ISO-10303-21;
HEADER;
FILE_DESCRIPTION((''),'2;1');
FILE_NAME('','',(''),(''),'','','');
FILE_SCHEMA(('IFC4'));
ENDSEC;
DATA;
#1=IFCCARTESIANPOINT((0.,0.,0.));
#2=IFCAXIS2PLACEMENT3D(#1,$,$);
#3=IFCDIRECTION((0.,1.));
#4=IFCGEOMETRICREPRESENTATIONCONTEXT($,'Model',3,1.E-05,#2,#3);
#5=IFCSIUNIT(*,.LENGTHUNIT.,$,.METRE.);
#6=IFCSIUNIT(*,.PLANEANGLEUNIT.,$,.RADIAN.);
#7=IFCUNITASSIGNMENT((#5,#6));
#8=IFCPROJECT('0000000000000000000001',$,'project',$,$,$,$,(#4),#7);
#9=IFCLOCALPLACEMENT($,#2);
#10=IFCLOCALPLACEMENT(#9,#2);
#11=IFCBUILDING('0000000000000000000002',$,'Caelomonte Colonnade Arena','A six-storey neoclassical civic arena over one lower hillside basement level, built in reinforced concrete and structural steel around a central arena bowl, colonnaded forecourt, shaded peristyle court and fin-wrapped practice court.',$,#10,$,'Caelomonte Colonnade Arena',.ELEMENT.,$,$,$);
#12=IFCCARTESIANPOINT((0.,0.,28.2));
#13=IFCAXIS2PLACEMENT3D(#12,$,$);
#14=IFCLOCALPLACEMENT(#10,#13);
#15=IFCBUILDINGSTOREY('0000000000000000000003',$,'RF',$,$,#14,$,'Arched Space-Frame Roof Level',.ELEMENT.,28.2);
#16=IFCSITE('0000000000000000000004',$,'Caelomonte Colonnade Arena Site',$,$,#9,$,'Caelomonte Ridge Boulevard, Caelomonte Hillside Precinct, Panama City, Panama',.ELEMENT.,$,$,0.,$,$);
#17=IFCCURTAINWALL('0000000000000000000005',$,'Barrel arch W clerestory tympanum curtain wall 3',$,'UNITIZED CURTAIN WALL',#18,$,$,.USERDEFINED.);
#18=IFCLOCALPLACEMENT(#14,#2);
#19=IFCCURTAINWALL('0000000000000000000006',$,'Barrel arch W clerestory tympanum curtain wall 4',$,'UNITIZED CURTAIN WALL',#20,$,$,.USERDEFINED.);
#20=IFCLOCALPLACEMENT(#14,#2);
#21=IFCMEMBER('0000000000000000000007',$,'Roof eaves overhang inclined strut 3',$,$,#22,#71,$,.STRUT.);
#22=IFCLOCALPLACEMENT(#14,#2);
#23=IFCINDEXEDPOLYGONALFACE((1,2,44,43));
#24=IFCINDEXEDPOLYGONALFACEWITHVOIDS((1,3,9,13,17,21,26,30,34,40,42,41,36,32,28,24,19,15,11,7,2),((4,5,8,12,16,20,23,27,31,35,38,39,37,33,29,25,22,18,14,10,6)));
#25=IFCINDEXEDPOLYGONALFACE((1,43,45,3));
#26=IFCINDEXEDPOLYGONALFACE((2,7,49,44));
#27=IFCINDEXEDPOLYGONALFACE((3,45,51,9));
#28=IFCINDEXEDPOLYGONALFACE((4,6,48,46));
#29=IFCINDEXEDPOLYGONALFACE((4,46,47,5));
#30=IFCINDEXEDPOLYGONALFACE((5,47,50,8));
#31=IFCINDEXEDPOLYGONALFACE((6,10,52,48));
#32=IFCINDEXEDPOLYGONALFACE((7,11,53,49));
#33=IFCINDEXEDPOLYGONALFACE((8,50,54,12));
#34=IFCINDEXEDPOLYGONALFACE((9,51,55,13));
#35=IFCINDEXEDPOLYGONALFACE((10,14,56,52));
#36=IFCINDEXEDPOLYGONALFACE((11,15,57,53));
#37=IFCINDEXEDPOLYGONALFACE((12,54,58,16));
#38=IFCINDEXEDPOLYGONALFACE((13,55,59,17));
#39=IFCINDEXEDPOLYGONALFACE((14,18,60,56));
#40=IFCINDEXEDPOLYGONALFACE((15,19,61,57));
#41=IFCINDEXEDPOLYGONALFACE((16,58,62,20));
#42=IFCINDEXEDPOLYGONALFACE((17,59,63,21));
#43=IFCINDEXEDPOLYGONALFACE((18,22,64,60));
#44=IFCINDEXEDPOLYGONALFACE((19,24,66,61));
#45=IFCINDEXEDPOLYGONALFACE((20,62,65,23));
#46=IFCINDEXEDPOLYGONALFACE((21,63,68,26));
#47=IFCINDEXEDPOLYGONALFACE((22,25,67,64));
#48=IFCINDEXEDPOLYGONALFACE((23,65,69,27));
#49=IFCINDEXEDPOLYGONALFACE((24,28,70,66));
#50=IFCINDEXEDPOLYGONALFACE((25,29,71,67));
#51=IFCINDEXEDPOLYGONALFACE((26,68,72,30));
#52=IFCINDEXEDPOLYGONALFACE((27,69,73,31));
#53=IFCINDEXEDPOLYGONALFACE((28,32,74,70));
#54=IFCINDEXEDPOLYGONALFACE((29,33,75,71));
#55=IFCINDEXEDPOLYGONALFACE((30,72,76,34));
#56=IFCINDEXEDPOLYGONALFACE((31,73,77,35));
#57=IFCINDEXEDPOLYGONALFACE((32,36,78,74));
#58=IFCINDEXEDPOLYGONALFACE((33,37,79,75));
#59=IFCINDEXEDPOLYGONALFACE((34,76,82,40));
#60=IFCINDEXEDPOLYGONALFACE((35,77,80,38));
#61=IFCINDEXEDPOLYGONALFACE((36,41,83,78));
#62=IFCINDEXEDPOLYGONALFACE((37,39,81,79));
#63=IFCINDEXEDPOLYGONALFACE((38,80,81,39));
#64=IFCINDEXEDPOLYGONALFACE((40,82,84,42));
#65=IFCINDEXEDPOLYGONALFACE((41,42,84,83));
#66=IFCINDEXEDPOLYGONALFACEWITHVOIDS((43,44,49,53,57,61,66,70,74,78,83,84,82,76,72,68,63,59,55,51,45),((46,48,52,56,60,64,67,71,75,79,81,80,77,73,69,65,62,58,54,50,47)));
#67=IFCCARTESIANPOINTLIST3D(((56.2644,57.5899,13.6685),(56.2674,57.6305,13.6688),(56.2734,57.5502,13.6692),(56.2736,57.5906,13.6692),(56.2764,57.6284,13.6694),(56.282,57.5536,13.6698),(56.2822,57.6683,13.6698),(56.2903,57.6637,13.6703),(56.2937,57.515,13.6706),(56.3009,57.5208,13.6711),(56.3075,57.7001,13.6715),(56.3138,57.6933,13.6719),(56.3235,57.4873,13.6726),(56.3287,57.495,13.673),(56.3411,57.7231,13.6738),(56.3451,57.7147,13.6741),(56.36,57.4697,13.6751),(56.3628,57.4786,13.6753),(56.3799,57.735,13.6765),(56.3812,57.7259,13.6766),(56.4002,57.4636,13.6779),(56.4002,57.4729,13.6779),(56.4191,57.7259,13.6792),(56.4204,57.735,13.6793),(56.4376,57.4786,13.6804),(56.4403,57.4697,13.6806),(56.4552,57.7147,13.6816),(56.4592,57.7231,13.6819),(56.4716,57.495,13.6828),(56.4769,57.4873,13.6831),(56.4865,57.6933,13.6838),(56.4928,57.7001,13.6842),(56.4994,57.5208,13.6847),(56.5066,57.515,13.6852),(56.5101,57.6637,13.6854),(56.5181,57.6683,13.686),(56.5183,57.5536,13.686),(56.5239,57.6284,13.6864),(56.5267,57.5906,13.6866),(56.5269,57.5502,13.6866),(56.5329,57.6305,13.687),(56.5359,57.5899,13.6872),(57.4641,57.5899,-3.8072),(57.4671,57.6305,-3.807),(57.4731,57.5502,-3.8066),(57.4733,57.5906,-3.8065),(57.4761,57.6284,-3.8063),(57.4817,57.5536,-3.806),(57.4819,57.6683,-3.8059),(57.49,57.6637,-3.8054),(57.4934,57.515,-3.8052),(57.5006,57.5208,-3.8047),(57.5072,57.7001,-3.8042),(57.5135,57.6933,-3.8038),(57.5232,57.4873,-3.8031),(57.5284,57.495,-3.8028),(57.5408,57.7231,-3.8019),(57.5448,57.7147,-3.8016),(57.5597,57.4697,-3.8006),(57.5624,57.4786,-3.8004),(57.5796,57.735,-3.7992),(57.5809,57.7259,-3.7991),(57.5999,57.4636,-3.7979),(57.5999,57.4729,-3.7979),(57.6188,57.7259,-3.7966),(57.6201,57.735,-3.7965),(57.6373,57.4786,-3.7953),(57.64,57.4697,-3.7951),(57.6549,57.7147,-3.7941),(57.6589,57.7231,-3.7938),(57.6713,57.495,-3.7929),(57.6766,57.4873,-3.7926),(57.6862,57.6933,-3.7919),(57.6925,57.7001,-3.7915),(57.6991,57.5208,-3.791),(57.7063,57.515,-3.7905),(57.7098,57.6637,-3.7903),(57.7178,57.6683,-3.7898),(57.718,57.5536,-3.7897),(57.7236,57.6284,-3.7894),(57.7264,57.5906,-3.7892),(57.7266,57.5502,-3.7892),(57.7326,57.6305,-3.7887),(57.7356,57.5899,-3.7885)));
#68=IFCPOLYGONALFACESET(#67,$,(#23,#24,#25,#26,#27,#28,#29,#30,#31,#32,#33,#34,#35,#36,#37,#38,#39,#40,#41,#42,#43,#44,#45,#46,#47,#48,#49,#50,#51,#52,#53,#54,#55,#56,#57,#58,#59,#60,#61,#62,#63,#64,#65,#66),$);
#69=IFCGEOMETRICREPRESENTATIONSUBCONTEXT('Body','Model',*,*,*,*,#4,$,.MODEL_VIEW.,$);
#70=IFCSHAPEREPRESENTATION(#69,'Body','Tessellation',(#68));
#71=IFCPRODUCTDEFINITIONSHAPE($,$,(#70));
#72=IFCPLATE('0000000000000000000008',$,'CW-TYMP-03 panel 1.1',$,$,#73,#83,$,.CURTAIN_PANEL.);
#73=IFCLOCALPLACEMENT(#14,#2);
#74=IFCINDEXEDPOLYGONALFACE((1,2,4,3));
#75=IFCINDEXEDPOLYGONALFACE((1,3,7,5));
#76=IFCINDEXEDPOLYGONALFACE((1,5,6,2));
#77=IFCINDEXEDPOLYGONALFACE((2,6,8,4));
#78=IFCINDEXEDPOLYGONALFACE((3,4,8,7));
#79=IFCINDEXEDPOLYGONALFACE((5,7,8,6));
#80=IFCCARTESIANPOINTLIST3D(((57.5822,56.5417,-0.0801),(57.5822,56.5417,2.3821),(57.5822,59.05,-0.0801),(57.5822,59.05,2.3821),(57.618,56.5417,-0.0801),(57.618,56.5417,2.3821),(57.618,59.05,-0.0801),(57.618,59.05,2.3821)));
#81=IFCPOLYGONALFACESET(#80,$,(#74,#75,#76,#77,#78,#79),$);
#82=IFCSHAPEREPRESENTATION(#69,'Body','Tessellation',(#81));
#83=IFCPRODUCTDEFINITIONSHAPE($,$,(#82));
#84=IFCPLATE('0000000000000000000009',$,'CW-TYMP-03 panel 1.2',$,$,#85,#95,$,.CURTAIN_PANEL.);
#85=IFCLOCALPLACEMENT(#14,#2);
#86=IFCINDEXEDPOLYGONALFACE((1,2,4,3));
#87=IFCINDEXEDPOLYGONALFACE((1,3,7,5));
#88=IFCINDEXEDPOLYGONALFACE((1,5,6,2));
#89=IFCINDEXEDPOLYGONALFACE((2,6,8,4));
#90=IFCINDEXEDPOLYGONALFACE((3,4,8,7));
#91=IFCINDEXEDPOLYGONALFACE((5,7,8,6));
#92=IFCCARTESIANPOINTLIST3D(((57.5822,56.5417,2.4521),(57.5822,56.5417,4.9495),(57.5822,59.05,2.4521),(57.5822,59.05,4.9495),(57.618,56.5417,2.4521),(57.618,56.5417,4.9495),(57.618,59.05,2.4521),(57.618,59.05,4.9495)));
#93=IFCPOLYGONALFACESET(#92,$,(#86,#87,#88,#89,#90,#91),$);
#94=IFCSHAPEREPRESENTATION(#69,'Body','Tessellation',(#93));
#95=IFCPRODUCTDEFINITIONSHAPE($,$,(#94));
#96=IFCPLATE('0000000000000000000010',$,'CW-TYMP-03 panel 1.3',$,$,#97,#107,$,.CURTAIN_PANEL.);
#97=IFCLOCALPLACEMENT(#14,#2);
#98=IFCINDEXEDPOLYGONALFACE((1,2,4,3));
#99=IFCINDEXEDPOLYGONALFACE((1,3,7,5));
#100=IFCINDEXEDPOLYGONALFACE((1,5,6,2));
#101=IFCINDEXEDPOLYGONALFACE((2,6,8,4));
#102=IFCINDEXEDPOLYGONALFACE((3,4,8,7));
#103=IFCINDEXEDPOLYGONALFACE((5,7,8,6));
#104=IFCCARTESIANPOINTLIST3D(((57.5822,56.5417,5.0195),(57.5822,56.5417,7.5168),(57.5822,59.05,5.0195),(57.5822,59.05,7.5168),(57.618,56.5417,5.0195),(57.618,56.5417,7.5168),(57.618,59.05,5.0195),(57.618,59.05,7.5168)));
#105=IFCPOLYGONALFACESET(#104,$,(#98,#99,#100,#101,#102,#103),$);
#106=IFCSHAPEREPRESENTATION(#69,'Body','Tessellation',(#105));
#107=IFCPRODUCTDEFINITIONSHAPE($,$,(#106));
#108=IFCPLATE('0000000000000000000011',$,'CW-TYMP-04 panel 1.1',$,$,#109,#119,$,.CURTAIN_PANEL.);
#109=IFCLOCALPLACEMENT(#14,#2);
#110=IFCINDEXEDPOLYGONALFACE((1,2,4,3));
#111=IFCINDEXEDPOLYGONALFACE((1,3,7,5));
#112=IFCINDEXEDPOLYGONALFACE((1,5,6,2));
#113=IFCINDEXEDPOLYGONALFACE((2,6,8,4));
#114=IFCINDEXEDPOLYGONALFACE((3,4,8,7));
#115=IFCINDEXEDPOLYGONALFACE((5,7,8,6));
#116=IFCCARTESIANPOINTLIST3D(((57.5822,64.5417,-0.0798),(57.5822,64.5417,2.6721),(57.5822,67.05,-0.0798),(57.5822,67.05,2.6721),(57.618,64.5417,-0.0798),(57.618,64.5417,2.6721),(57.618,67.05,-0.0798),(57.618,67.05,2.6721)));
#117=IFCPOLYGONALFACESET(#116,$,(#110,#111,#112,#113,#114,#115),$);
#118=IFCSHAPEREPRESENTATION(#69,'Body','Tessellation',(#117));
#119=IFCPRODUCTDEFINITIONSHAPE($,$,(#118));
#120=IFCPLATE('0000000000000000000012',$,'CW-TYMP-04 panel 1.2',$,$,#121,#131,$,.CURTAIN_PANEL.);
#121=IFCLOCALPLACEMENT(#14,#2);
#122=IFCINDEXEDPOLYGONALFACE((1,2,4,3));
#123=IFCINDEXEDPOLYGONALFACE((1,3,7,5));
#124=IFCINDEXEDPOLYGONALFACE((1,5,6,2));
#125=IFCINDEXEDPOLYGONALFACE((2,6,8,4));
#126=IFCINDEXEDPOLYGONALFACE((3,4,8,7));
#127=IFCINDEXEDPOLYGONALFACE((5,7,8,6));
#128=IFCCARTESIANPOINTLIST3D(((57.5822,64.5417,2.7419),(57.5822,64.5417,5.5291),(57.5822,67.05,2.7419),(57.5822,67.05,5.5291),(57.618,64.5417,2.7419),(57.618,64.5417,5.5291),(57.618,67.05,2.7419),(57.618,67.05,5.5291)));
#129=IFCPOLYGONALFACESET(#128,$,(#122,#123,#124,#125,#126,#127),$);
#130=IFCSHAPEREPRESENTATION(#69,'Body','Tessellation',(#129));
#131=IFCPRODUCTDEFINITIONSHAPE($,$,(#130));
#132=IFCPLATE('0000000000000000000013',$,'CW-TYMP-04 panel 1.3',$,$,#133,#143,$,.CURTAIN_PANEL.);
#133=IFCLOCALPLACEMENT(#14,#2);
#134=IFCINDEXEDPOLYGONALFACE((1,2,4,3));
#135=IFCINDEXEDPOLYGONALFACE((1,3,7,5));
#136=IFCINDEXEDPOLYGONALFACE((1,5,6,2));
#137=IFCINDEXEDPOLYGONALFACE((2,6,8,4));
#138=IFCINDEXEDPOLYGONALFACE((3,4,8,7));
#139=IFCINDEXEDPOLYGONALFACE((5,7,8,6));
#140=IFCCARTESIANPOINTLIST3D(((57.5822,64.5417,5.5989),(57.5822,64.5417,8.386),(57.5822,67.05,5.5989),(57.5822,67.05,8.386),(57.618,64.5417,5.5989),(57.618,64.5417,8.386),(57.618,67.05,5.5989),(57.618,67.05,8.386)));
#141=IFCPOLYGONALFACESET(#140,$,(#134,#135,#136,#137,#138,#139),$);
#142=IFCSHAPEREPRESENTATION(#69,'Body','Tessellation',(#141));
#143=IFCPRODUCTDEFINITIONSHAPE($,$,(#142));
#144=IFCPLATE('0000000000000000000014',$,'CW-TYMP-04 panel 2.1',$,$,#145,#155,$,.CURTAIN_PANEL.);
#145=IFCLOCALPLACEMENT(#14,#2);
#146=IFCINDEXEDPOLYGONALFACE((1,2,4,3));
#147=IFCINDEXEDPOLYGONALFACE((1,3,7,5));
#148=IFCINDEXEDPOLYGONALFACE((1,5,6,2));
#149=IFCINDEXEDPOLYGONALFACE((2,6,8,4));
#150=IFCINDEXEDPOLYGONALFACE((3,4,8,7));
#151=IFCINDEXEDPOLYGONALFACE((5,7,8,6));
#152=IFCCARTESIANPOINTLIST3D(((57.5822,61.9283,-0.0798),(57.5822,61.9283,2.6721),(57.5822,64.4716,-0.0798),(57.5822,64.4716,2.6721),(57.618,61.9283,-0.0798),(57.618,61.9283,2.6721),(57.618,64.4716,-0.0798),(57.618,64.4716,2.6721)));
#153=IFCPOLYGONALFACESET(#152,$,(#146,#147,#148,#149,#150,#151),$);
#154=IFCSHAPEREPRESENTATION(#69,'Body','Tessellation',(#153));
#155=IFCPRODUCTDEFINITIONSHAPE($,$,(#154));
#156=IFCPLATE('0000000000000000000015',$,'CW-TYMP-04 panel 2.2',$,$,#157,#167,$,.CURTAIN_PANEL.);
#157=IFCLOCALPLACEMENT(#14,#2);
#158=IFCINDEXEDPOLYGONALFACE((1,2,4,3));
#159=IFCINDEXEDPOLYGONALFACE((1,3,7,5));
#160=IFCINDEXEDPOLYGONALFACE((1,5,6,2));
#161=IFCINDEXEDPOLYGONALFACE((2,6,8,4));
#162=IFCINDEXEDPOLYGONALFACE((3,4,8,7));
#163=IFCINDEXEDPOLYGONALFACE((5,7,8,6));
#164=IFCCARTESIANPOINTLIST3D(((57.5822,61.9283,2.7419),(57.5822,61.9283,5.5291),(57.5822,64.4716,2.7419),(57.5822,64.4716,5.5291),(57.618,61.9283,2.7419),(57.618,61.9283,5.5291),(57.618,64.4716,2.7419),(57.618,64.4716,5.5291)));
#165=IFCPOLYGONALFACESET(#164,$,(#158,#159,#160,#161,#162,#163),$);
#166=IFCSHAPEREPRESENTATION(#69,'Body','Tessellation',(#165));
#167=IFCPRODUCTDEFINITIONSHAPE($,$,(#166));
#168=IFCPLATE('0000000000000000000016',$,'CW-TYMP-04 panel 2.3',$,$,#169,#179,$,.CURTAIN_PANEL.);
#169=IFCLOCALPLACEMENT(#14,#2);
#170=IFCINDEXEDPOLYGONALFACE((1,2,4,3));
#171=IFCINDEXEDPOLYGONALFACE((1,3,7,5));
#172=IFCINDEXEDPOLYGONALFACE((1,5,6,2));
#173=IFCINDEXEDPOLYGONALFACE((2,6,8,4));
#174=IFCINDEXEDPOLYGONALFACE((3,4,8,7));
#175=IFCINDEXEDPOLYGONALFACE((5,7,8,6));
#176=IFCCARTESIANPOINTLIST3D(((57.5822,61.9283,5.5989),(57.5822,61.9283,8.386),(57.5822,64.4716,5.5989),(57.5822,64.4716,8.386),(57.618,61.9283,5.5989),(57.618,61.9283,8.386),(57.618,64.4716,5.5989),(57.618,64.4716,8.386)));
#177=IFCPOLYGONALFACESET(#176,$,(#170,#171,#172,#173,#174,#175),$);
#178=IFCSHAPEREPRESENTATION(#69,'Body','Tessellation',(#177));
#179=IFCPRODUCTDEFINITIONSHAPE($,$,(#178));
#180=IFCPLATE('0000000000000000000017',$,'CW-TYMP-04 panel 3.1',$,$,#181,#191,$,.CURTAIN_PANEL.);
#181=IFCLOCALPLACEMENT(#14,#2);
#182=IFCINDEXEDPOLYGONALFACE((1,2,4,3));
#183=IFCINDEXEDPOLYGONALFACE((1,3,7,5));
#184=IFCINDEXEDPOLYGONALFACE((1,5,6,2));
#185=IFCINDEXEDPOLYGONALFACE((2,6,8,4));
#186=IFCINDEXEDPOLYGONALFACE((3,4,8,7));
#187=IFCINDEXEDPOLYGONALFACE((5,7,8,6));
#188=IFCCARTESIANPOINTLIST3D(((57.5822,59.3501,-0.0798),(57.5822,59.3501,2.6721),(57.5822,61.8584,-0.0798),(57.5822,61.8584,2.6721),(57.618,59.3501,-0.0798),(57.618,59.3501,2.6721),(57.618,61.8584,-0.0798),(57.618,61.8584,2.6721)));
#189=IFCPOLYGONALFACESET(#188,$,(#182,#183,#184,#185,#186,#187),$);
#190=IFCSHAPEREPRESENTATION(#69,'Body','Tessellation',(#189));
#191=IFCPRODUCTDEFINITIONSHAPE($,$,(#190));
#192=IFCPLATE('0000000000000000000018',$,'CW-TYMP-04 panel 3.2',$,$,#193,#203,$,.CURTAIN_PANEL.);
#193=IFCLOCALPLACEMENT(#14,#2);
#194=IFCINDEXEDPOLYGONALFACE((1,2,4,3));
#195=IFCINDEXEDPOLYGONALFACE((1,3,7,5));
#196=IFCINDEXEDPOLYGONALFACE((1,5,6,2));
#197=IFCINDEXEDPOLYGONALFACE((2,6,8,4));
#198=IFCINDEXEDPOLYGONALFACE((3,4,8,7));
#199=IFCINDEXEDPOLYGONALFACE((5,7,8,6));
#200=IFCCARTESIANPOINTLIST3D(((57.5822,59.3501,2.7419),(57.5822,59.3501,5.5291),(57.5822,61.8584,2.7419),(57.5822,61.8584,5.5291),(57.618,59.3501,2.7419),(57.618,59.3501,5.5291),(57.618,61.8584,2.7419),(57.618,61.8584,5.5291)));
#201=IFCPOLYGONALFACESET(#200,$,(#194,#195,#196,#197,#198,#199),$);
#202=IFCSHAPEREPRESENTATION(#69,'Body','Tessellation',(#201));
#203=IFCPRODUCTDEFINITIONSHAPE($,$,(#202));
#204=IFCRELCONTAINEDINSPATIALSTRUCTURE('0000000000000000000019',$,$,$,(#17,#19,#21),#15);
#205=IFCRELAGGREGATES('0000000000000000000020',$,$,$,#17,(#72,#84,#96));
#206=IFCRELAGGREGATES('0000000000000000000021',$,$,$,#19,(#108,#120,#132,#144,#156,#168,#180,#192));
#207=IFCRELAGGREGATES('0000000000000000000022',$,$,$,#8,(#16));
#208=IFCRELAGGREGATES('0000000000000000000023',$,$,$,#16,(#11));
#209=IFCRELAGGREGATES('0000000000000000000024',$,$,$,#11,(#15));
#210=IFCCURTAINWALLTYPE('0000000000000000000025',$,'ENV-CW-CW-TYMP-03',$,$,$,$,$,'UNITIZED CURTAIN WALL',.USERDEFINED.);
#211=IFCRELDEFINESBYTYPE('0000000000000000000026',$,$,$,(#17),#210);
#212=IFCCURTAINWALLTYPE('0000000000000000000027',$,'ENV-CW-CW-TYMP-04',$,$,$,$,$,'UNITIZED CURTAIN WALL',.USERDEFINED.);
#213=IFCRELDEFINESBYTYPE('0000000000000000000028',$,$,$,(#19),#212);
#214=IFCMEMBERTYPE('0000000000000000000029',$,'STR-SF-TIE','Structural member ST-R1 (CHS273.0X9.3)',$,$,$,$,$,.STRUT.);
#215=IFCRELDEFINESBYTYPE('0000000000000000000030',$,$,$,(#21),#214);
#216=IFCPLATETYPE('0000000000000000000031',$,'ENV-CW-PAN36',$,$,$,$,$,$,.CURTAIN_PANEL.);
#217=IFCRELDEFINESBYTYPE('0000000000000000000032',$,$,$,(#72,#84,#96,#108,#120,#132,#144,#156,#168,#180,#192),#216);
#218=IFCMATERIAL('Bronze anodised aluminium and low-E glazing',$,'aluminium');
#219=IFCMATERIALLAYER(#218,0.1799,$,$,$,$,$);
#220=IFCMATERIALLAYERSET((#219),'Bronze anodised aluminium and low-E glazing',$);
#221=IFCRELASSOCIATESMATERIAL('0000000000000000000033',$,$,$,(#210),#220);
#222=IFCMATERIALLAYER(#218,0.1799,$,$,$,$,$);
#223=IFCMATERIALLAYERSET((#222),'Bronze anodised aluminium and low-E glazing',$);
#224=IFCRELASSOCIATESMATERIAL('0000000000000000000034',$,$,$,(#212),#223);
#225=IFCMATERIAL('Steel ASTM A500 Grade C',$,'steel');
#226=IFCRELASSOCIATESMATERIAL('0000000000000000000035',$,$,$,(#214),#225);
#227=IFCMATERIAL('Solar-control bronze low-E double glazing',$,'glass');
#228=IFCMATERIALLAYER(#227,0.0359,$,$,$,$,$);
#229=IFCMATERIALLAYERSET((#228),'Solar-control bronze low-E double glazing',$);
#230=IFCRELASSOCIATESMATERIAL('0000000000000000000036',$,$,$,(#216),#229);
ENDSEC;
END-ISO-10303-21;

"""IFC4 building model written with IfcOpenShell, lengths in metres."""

from ifc_helpers import new_model, si_unit, direction, frame, origin, origin_2d, place, context, subcontext, project, spatial, rectangle, hollow_circle, extrude, material, layer, layer_set, material_profile, profile_set, type_object, element, aggregate, save


model = new_model("IFC4")

# Units and contexts
model_context = context("Model", 3, precision=1e-05, world=origin(), true_north=direction((0.0, 1.0)))
body_context = subcontext(model_context, "Body", "Model", "MODEL_VIEW")
ifc_project = project(units=[si_unit("LENGTHUNIT", "METRE"), si_unit("PLANEANGLEUNIT", "RADIAN")], contexts=[model_context])

# Site, building, storey
site_placement = place(None, origin())
site = spatial("IfcSite", under=ifc_project, at=site_placement, Name="Caelomonte Colonnade Arena Site", LongName="Caelomonte Ridge Boulevard, Caelomonte Hillside Precinct, Panama City, Panama", CompositionType="ELEMENT", RefElevation=0.0)
building_placement = place(site_placement, origin())
building = spatial("IfcBuilding", under=site, at=building_placement, Name="Caelomonte Colonnade Arena", Description="A six-storey neoclassical civic arena over one lower hillside basement level, built in reinforced concrete and structural steel around a central arena bowl, colonnaded forecourt, shaded peristyle court and fin-wrapped practice court.", LongName="Caelomonte Colonnade Arena", CompositionType="ELEMENT")
storey_placement = place(building_placement, frame((0.0, 0.0, 28.2)))
storey = spatial("IfcBuildingStorey", under=building, at=storey_placement, Name="RF", LongName="Arched Space-Frame Roof Level", CompositionType="ELEMENT", Elevation=28.2)

# Curtain walls
ifc_material_1 = material(Name="Bronze anodised aluminium and low-E glazing", Category="aluminium")
ifc_layer_1 = layer(ifc_material_1, 0.1799)
ifc_layer_set_1 = layer_set([ifc_layer_1], Name="Bronze anodised aluminium and low-E glazing")
curtain_wall_type_1 = type_object("IfcCurtainWallType", Name="ENV-CW-CW-TYMP-03", ElementType="UNITIZED CURTAIN WALL", PredefinedType="USERDEFINED", material=ifc_layer_set_1)
curtain_wall_1_placement = place(storey_placement, origin())
curtain_wall_1 = element("IfcCurtainWall", 1, at=curtain_wall_1_placement, inside=storey, type_object=curtain_wall_type_1, Name="Barrel arch W clerestory tympanum curtain wall 3", ObjectType="UNITIZED CURTAIN WALL", PredefinedType="USERDEFINED")
ifc_layer_2 = layer(ifc_material_1, 0.1799)
ifc_layer_set_2 = layer_set([ifc_layer_2], Name="Bronze anodised aluminium and low-E glazing")
curtain_wall_type_2 = type_object("IfcCurtainWallType", Name="ENV-CW-CW-TYMP-04", ElementType="UNITIZED CURTAIN WALL", PredefinedType="USERDEFINED", material=ifc_layer_set_2)
curtain_wall_2_placement = place(storey_placement, origin())
curtain_wall_2 = element("IfcCurtainWall", 2, at=curtain_wall_2_placement, inside=storey, type_object=curtain_wall_type_2, Name="Barrel arch W clerestory tympanum curtain wall 4", ObjectType="UNITIZED CURTAIN WALL", PredefinedType="USERDEFINED")

# Member
ifc_material_2 = material(Name="Steel ASTM A500 Grade C", Category="steel")
ifc_material_profile_1 = material_profile(ifc_material_2, hollow_circle(Radius=0.1365, WallThickness=0.0093, at=origin_2d()), Name="CHS273.0X9.3")
ifc_profile_set_1 = profile_set([ifc_material_profile_1], Name="Steel ASTM A500 Grade C")
member_type_1 = type_object("IfcMemberType", Name="STR-SF-TIE", Description="Structural member ST-R1 (CHS273.0X9.3)", PredefinedType="STRUT", material=ifc_profile_set_1)
member_1_placement = place(storey_placement, frame((57.5999, 57.6001, -3.7979), z_axis=(-0.068488, 0.0, 0.997652), x_axis=(0.0, -1.0, 0.0)))
element("IfcMember", 3, at=member_1_placement, inside=storey, type_object=member_type_1, Name="Roof eaves overhang inclined strut 3", PredefinedType="STRUT", context=body_context, shape_type="SweptSolid", body=[
    extrude(hollow_circle(Radius=0.1365, WallThickness=0.0093, at=origin_2d()), origin(), (0.0, 0.0, 1.0), 17.5168),
])

# Plates
ifc_material_3 = material(Name="Solar-control bronze low-E double glazing", Category="glass")
ifc_layer_3 = layer(ifc_material_3, 0.0359)
ifc_layer_set_3 = layer_set([ifc_layer_3], Name="Solar-control bronze low-E double glazing")
plate_type = type_object("IfcPlateType", Name="ENV-CW-PAN36", PredefinedType="CURTAIN_PANEL", material=ifc_layer_set_3)
plate_1_placement = place(storey_placement, frame((57.6001, 57.7959, -0.0801), z_axis=(0.0, 0.0, 1.0), x_axis=(0.0, -1.0, 0.0)))
plate_1 = element("IfcPlate", 4, at=plate_1_placement, type_object=plate_type, Name="CW-TYMP-03 panel 1.1", PredefinedType="CURTAIN_PANEL", context=body_context, shape_type="SweptSolid", body=[
    extrude(rectangle(XDim=2.5083, YDim=0.0359, at=origin_2d()), origin(), (0.0, 0.0, 1.0), 2.4622),
])
plate_2_placement = place(storey_placement, frame((57.6001, 57.7959, 2.4521), z_axis=(0.0, 0.0, 1.0), x_axis=(0.0, -1.0, 0.0)))
plate_2 = element("IfcPlate", 5, at=plate_2_placement, type_object=plate_type, Name="CW-TYMP-03 panel 1.2", PredefinedType="CURTAIN_PANEL", context=body_context, shape_type="SweptSolid", body=[
    extrude(rectangle(XDim=2.5083, YDim=0.0359, at=origin_2d()), origin(), (0.0, 0.0, 1.0), 2.4973),
])
plate_3_placement = place(storey_placement, frame((57.6001, 57.7959, 5.0195), z_axis=(0.0, 0.0, 1.0), x_axis=(0.0, -1.0, 0.0)))
plate_3 = element("IfcPlate", 6, at=plate_3_placement, type_object=plate_type, Name="CW-TYMP-03 panel 1.3", PredefinedType="CURTAIN_PANEL", context=body_context, shape_type="SweptSolid", body=[
    extrude(rectangle(XDim=2.5083, YDim=0.0359, at=origin_2d()), origin(), (0.0, 0.0, 1.0), 2.4973),
])
aggregate(curtain_wall_1, [plate_1, plate_2, plate_3])
plate_4_placement = place(storey_placement, frame((57.6001, 65.7959, -0.0798), z_axis=(0.0, 0.0, 1.0), x_axis=(0.0, -1.0, 0.0)))
plate_4 = element("IfcPlate", 7, at=plate_4_placement, type_object=plate_type, Name="CW-TYMP-04 panel 1.1", PredefinedType="CURTAIN_PANEL", context=body_context, shape_type="SweptSolid", body=[
    extrude(rectangle(XDim=2.5083, YDim=0.0359, at=origin_2d()), origin(), (0.0, 0.0, 1.0), 2.752),
])
plate_5_placement = place(storey_placement, frame((57.6001, 65.7959, 2.7419), z_axis=(0.0, 0.0, 1.0), x_axis=(0.0, -1.0, 0.0)))
plate_5 = element("IfcPlate", 8, at=plate_5_placement, type_object=plate_type, Name="CW-TYMP-04 panel 1.2", PredefinedType="CURTAIN_PANEL", context=body_context, shape_type="SweptSolid", body=[
    extrude(rectangle(XDim=2.5083, YDim=0.0359, at=origin_2d()), origin(), (0.0, 0.0, 1.0), 2.7871),
])
plate_6_placement = place(storey_placement, frame((57.6001, 65.7959, 5.5989), z_axis=(0.0, 0.0, 1.0), x_axis=(0.0, -1.0, 0.0)))
plate_6 = element("IfcPlate", 9, at=plate_6_placement, type_object=plate_type, Name="CW-TYMP-04 panel 1.3", PredefinedType="CURTAIN_PANEL", context=body_context, shape_type="SweptSolid", body=[
    extrude(rectangle(XDim=2.5083, YDim=0.0359, at=origin_2d()), origin(), (0.0, 0.0, 1.0), 2.7871),
])
plate_7_placement = place(storey_placement, frame((57.6001, 63.2, -0.0798), z_axis=(0.0, 0.0, 1.0), x_axis=(0.0, -1.0, 0.0)))
plate_7 = element("IfcPlate", 10, at=plate_7_placement, type_object=plate_type, Name="CW-TYMP-04 panel 2.1", PredefinedType="CURTAIN_PANEL", context=body_context, shape_type="SweptSolid", body=[
    extrude(rectangle(XDim=2.5432, YDim=0.0359, at=origin_2d()), origin(), (0.0, 0.0, 1.0), 2.752),
])
plate_8_placement = place(storey_placement, frame((57.6001, 63.2, 2.7419), z_axis=(0.0, 0.0, 1.0), x_axis=(0.0, -1.0, 0.0)))
plate_8 = element("IfcPlate", 11, at=plate_8_placement, type_object=plate_type, Name="CW-TYMP-04 panel 2.2", PredefinedType="CURTAIN_PANEL", context=body_context, shape_type="SweptSolid", body=[
    extrude(rectangle(XDim=2.5432, YDim=0.0359, at=origin_2d()), origin(), (0.0, 0.0, 1.0), 2.7871),
])
plate_9_placement = place(storey_placement, frame((57.6001, 63.2, 5.5989), z_axis=(0.0, 0.0, 1.0), x_axis=(0.0, -1.0, 0.0)))
plate_9 = element("IfcPlate", 12, at=plate_9_placement, type_object=plate_type, Name="CW-TYMP-04 panel 2.3", PredefinedType="CURTAIN_PANEL", context=body_context, shape_type="SweptSolid", body=[
    extrude(rectangle(XDim=2.5432, YDim=0.0359, at=origin_2d()), origin(), (0.0, 0.0, 1.0), 2.7871),
])
plate_10_placement = place(storey_placement, frame((57.6001, 60.6042, -0.0798), z_axis=(0.0, 0.0, 1.0), x_axis=(0.0, -1.0, 0.0)))
plate_10 = element("IfcPlate", 13, at=plate_10_placement, type_object=plate_type, Name="CW-TYMP-04 panel 3.1", PredefinedType="CURTAIN_PANEL", context=body_context, shape_type="SweptSolid", body=[
    extrude(rectangle(XDim=2.5083, YDim=0.0359, at=origin_2d()), origin(), (0.0, 0.0, 1.0), 2.752),
])
plate_11_placement = place(storey_placement, frame((57.6001, 60.6042, 2.7419), z_axis=(0.0, 0.0, 1.0), x_axis=(0.0, -1.0, 0.0)))
plate_11 = element("IfcPlate", 14, at=plate_11_placement, type_object=plate_type, Name="CW-TYMP-04 panel 3.2", PredefinedType="CURTAIN_PANEL", context=body_context, shape_type="SweptSolid", body=[
    extrude(rectangle(XDim=2.5083, YDim=0.0359, at=origin_2d()), origin(), (0.0, 0.0, 1.0), 2.7871),
])
aggregate(curtain_wall_2, [plate_4, plate_5, plate_6, plate_7, plate_8, plate_9, plate_10, plate_11])

save(model, "model.ifc")
